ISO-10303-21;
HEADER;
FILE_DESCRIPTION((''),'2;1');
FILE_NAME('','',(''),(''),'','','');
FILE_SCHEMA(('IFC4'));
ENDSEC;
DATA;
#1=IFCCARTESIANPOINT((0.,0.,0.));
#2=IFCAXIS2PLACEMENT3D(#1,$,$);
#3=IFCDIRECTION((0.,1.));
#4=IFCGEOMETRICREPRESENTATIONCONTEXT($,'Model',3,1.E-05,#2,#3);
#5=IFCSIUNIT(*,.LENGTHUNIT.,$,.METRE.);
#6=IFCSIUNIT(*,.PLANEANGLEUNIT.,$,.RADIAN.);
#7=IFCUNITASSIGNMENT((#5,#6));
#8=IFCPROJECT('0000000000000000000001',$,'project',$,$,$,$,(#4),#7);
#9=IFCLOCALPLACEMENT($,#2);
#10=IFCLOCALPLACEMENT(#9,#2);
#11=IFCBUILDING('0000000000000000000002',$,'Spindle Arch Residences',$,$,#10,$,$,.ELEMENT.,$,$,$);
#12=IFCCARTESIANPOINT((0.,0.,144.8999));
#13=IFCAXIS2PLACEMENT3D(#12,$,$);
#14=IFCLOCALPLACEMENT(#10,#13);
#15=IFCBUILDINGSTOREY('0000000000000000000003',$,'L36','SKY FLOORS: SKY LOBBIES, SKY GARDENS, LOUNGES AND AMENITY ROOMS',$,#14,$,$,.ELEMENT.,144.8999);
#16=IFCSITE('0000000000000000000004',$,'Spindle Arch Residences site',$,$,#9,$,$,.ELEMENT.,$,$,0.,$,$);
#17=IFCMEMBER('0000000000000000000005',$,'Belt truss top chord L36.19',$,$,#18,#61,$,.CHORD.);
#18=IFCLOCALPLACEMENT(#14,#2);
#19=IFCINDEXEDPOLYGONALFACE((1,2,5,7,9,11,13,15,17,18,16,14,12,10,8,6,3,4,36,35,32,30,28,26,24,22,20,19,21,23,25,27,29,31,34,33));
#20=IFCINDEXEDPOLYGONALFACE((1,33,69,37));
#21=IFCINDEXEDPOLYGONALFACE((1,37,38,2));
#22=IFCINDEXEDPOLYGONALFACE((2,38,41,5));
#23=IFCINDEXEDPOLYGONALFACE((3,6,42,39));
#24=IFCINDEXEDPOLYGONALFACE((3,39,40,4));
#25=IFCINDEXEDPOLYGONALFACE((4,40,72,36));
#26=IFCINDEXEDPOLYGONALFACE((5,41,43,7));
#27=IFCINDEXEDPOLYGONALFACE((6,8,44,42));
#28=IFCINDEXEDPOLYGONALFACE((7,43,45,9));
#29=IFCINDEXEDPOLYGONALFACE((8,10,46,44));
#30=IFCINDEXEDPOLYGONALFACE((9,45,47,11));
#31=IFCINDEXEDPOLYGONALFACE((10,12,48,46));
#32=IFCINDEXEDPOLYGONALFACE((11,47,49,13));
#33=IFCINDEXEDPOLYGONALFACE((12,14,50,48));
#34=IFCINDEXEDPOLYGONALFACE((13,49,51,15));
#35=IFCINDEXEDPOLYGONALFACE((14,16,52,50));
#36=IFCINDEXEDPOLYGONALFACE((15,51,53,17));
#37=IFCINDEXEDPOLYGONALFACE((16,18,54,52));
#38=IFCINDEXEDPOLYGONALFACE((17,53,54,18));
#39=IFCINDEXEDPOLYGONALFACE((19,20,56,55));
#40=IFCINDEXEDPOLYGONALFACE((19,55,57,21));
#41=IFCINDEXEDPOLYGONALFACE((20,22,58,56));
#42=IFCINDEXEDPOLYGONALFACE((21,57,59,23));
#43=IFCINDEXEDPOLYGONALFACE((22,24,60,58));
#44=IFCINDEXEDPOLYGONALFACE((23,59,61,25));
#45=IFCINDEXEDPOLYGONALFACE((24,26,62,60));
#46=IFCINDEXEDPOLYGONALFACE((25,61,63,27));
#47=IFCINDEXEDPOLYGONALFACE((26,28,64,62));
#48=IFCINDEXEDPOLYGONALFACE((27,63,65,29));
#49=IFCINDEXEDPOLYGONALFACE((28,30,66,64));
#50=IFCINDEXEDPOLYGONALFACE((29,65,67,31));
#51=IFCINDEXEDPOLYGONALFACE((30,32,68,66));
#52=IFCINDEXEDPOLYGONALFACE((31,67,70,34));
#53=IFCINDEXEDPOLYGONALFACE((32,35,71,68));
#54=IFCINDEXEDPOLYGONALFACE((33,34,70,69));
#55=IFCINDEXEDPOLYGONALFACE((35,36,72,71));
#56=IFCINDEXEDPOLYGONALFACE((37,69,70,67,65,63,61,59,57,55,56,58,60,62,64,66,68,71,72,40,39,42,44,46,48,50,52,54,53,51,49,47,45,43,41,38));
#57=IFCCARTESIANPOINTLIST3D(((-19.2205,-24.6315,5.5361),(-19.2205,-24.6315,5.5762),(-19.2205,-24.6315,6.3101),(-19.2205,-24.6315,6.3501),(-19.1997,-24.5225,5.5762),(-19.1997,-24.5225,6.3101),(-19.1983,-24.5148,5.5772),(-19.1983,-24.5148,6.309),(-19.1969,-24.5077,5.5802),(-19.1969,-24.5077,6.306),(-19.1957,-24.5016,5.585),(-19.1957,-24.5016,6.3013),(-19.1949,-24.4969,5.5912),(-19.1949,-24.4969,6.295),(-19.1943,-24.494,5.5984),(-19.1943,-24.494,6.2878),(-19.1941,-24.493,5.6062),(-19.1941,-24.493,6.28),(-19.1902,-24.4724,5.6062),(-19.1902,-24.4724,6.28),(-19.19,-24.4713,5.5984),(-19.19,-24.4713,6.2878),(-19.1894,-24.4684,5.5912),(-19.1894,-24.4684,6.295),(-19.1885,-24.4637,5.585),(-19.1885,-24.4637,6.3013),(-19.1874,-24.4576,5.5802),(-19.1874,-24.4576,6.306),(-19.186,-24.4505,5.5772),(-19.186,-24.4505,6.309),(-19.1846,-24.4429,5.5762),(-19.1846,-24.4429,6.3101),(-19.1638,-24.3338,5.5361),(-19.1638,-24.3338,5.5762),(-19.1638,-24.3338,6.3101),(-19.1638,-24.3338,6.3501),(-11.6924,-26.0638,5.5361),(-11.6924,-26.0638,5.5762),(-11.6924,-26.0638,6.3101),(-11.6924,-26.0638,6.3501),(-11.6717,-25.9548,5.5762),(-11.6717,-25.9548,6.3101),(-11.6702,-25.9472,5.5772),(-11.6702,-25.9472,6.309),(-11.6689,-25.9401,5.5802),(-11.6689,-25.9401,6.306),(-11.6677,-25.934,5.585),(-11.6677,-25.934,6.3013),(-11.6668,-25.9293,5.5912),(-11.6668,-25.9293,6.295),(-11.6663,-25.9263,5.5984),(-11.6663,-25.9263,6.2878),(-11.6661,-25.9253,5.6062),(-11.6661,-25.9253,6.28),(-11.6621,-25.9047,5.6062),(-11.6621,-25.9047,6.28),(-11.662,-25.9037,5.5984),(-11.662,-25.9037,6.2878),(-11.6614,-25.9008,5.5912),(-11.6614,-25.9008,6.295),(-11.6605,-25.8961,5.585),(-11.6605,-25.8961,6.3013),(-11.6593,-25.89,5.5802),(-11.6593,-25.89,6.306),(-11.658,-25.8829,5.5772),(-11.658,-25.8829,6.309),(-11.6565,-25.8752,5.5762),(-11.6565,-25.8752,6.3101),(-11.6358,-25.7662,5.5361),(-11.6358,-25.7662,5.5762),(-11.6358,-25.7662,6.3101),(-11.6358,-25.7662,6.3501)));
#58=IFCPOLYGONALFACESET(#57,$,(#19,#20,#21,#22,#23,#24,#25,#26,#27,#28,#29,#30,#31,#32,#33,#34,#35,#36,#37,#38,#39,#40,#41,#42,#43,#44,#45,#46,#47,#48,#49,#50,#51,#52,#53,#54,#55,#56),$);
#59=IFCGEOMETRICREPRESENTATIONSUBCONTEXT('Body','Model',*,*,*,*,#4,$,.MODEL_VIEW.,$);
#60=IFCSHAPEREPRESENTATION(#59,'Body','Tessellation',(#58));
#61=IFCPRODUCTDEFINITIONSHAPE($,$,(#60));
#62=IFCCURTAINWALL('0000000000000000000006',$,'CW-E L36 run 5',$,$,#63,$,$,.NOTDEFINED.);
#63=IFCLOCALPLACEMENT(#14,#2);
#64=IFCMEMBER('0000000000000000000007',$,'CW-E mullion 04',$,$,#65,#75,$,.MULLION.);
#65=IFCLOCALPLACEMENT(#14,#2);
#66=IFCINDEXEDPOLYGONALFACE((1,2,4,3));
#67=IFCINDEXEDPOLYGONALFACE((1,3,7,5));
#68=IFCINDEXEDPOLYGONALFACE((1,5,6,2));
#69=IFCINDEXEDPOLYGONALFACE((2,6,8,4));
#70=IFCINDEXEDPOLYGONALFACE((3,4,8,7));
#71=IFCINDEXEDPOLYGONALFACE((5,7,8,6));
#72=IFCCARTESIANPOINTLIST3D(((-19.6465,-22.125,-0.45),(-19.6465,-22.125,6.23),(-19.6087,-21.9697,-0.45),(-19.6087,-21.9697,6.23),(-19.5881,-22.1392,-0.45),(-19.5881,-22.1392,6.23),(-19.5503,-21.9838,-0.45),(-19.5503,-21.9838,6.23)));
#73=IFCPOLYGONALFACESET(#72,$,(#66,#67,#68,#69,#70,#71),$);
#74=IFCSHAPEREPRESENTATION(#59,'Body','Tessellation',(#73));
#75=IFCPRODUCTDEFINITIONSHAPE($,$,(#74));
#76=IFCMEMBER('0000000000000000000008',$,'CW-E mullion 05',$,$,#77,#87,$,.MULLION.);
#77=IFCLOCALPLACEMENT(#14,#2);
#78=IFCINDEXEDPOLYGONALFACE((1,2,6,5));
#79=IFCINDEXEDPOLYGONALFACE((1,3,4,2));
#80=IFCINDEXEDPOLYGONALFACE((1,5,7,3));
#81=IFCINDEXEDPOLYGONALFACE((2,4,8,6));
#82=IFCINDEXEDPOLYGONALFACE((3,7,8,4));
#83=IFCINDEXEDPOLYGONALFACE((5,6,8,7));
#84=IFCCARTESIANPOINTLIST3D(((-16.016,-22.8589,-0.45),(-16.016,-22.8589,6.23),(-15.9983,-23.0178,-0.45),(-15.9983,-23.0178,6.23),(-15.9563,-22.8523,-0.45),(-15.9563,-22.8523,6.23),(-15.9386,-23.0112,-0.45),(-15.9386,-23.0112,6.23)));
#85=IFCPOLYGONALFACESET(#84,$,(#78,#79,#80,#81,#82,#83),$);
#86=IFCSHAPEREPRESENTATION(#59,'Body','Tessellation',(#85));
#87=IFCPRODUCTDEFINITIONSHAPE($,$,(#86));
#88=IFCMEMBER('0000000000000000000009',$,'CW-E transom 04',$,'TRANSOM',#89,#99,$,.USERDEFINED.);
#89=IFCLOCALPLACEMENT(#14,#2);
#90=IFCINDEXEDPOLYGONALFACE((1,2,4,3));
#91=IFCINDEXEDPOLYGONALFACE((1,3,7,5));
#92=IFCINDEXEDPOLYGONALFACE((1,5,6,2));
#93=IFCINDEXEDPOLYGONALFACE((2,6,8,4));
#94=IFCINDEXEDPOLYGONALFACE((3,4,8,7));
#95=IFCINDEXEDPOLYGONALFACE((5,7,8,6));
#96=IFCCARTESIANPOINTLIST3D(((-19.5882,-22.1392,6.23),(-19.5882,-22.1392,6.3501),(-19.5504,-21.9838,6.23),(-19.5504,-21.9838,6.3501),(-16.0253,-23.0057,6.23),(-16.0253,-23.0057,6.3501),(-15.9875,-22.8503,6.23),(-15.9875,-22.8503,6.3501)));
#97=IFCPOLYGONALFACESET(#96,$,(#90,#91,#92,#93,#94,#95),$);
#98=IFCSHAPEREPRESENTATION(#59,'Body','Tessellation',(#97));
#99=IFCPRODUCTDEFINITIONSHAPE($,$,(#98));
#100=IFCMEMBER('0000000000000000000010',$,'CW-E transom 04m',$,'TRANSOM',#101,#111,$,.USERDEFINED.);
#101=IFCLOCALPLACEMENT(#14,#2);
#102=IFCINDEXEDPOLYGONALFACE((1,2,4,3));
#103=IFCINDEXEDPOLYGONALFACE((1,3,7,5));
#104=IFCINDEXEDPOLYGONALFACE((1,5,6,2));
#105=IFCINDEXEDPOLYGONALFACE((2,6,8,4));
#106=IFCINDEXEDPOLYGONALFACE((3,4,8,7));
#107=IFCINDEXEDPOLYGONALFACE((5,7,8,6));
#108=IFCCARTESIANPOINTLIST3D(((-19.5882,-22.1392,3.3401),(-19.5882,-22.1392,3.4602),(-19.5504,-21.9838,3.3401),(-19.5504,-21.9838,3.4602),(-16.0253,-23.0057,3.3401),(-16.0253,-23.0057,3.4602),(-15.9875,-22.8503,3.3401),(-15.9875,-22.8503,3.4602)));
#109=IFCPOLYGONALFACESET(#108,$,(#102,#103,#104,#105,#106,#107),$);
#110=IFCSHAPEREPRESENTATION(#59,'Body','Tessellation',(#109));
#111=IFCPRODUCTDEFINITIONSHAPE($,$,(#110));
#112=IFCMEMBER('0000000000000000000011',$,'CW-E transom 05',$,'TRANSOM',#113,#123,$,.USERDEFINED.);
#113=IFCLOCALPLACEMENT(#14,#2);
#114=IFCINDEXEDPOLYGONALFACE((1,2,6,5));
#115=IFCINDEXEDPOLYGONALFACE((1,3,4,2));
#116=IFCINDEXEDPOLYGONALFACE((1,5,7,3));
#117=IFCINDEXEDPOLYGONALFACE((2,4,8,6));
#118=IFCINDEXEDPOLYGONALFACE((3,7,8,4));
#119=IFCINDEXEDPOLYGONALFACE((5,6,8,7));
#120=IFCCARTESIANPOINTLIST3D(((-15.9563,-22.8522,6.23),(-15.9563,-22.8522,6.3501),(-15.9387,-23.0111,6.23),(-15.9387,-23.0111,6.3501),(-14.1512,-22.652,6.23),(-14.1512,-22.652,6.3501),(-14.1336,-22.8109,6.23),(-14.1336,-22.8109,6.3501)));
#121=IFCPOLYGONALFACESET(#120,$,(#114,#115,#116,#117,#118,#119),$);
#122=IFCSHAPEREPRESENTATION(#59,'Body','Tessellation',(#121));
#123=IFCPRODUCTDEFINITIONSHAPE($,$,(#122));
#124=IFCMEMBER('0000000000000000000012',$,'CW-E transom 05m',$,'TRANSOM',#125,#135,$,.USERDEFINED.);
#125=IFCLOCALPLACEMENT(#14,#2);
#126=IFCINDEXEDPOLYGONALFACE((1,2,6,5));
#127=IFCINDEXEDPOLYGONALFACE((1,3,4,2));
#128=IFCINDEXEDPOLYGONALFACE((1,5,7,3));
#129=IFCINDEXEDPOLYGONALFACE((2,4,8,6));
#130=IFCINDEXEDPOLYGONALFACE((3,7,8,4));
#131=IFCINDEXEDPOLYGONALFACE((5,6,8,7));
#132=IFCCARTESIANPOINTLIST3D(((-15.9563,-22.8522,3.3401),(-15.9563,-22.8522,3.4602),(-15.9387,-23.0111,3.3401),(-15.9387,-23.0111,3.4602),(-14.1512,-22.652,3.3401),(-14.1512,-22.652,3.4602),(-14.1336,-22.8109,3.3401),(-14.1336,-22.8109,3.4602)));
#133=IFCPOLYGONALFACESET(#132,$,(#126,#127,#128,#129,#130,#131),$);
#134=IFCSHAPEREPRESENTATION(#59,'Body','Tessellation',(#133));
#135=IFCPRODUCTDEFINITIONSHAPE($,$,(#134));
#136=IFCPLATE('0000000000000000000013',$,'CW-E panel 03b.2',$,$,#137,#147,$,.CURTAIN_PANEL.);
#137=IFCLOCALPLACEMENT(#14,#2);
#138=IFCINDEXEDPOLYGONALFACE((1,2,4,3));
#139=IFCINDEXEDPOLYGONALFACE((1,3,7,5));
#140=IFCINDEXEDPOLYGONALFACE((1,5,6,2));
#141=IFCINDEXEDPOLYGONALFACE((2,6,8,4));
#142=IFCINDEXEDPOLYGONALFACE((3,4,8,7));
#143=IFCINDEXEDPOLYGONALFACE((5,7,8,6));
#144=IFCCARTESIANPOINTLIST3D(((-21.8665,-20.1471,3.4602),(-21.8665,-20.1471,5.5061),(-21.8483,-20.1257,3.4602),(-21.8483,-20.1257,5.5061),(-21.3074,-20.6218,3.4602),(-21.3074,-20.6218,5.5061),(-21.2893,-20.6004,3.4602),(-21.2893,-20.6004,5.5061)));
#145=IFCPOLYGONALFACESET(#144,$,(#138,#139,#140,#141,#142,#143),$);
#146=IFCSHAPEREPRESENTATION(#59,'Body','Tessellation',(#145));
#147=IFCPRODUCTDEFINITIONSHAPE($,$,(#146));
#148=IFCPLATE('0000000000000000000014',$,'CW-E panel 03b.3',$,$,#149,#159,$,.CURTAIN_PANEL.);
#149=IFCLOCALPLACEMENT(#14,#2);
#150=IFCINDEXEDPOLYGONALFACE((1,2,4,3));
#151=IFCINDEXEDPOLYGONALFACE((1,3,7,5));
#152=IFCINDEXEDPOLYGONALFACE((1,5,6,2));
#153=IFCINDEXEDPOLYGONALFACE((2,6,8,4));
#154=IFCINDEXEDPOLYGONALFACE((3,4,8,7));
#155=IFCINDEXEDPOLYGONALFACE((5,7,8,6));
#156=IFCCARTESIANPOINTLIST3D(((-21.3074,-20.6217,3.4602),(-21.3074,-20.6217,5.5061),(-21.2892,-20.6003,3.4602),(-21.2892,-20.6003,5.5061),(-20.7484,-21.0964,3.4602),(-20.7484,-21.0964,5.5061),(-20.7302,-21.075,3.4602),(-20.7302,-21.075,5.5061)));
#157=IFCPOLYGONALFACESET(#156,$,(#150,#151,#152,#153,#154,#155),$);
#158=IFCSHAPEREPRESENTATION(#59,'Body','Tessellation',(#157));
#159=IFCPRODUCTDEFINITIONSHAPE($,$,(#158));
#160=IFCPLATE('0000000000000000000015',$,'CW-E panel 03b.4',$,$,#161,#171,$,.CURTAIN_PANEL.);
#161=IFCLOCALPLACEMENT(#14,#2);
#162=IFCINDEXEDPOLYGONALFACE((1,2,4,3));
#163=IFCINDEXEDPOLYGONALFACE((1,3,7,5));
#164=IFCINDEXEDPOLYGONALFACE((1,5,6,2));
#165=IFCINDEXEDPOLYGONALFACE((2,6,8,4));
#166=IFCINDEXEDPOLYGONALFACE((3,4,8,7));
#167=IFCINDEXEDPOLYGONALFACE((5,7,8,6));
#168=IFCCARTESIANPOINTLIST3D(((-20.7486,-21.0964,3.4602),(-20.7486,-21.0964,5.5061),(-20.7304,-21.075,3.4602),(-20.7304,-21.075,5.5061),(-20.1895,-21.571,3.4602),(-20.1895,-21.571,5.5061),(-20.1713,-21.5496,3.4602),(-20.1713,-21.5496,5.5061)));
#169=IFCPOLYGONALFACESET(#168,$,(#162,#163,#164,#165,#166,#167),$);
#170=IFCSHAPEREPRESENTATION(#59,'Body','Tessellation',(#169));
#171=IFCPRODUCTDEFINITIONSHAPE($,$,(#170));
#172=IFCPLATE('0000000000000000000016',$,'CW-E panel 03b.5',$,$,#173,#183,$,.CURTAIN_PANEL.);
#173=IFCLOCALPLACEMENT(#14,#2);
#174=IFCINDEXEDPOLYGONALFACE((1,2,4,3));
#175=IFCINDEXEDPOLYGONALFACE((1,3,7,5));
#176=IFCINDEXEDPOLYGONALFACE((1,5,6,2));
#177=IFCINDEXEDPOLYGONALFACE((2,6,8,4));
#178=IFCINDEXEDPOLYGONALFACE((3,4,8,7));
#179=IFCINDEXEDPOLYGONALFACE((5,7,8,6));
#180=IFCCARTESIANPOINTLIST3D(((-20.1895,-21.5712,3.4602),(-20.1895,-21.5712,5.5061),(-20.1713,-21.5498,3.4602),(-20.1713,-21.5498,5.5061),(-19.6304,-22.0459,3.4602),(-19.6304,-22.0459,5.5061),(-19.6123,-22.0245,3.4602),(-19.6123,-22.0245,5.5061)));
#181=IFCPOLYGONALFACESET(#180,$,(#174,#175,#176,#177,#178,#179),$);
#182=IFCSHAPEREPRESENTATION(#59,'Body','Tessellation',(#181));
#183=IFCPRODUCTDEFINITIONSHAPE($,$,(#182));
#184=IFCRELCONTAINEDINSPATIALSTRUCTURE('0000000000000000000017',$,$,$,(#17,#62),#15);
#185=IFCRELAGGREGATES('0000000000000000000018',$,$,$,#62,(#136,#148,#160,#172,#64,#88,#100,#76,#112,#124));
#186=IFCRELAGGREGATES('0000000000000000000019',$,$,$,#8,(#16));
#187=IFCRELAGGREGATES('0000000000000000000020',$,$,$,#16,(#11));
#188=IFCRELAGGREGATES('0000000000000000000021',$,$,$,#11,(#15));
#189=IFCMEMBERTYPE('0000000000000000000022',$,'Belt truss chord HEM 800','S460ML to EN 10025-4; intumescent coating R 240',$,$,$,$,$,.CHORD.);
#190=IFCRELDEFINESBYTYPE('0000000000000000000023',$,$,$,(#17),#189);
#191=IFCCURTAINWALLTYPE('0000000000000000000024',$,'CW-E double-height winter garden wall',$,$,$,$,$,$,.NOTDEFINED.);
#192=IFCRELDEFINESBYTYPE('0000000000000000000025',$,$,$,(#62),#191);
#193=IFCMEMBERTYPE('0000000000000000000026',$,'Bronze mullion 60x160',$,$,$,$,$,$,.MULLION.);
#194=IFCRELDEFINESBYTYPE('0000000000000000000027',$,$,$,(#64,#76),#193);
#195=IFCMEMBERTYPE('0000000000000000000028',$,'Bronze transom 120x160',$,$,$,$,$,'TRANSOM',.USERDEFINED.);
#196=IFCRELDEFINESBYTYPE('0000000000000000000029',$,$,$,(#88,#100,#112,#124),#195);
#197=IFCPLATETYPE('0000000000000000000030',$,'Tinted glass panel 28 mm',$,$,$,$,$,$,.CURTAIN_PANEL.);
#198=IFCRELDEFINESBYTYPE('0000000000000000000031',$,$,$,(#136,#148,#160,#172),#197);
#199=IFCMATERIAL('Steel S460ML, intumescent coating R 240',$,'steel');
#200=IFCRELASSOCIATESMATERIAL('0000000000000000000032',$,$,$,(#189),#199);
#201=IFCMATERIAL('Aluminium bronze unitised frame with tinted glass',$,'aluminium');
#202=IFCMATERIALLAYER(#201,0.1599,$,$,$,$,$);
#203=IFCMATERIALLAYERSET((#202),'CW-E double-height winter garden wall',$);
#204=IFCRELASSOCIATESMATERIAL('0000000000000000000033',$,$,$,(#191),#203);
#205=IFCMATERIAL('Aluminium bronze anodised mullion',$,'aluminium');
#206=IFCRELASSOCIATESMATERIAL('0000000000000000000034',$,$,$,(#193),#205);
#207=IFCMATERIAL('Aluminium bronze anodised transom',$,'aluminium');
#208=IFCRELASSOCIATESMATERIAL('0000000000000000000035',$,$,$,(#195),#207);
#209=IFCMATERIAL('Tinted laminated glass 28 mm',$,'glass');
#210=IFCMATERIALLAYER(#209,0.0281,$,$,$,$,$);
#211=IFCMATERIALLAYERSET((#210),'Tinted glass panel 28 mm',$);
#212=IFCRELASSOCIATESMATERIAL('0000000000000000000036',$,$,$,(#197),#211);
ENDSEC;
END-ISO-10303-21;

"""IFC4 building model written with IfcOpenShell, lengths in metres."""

from ifc_helpers import new_model, si_unit, direction, frame, origin, origin_2d, place, context, subcontext, project, spatial, rectangle, i_section, extrude, material, layer, layer_set, material_profile, profile_set, type_object, element, aggregate, save


model = new_model("IFC4")

# Units and contexts
model_context = context("Model", 3, precision=1e-05, world=origin(), true_north=direction((0.0, 1.0)))
body_context = subcontext(model_context, "Body", "Model", "MODEL_VIEW")
ifc_project = project(units=[si_unit("LENGTHUNIT", "METRE"), si_unit("PLANEANGLEUNIT", "RADIAN")], contexts=[model_context])

# Site, building, storey
site_placement = place(None, origin())
site = spatial("IfcSite", under=ifc_project, at=site_placement, Name="Spindle Arch Residences site", CompositionType="ELEMENT", RefElevation=0.0)
building_placement = place(site_placement, origin())
building = spatial("IfcBuilding", under=site, at=building_placement, Name="Spindle Arch Residences", CompositionType="ELEMENT")
storey_placement = place(building_placement, frame((0.0, 0.0, 144.8999)))
storey = spatial("IfcBuildingStorey", under=building, at=storey_placement, Name="L36", Description="SKY FLOORS: SKY LOBBIES, SKY GARDENS, LOUNGES AND AMENITY ROOMS", CompositionType="ELEMENT", Elevation=144.8999)

# Member
ifc_material_1 = material(Name="Steel S460ML, intumescent coating R 240", Category="steel")
ifc_material_profile_1 = material_profile(ifc_material_1, i_section(OverallWidth=0.303, OverallDepth=0.814, WebThickness=0.021, FlangeThickness=0.04, FilletRadius=0.03, at=origin_2d()), Name="HEM 800")
ifc_profile_set_1 = profile_set([ifc_material_profile_1], Name="Steel S460ML, intumescent coating R 240")
member_type_1 = type_object("IfcMemberType", Name="Belt truss chord HEM 800", Description="S460ML to EN 10025-4; intumescent coating R 240", PredefinedType="CHORD", material=ifc_profile_set_1)
member_1_placement = place(storey_placement, frame((-19.1921, -24.4827, 5.9431), z_axis=(0.982376, -0.186917, 0.0), x_axis=(0.186917, 0.982376, 0.0)))
element("IfcMember", 1, at=member_1_placement, inside=storey, type_object=member_type_1, Name="Belt truss top chord L36.19", PredefinedType="CHORD", context=body_context, shape_type="SweptSolid", body=[
    extrude(i_section(OverallWidth=0.303, OverallDepth=0.814, WebThickness=0.021, FlangeThickness=0.04, FilletRadius=0.03, at=origin_2d()), origin(), (0.0, 0.0, 1.0), 7.6631),
])

# Curtain wall, members, plates
ifc_material_2 = material(Name="Aluminium bronze unitised frame with tinted glass", Category="aluminium")
ifc_layer_1 = layer(ifc_material_2, 0.1599)
ifc_layer_set_1 = layer_set([ifc_layer_1], Name="CW-E double-height winter garden wall")
curtain_wall_type = type_object("IfcCurtainWallType", Name="CW-E double-height winter garden wall", PredefinedType="NOTDEFINED", material=ifc_layer_set_1)
curtain_wall_placement = place(storey_placement, origin())
curtain_wall = element("IfcCurtainWall", 2, at=curtain_wall_placement, inside=storey, type_object=curtain_wall_type, Name="CW-E L36 run 5", PredefinedType="NOTDEFINED")
ifc_material_3 = material(Name="Aluminium bronze anodised mullion", Category="aluminium")
ifc_material_profile_2 = material_profile(ifc_material_3, rectangle(XDim=0.1599, YDim=0.0601, at=origin_2d()), Name="MU 60x160")
ifc_profile_set_2 = profile_set([ifc_material_profile_2], Name="Aluminium bronze anodised mullion")
member_type_2 = type_object("IfcMemberType", Name="Bronze mullion 60x160", PredefinedType="MULLION", material=ifc_profile_set_2)
member_2_placement = place(storey_placement, frame((-19.5984, -22.0544, -0.45), z_axis=(0.0, 0.0, 1.0), x_axis=(0.236273, 0.971687, 0.0)))
member_2 = element("IfcMember", 3, at=member_2_placement, type_object=member_type_2, Name="CW-E mullion 04", PredefinedType="MULLION", context=body_context, shape_type="SweptSolid", body=[
    extrude(rectangle(XDim=0.1599, YDim=0.0601, at=origin_2d()), origin(), (0.0, 0.0, 1.0), 6.6799),
])
member_3_placement = place(storey_placement, frame((-15.9773, -22.9351, -0.45), z_axis=(0.0, 0.0, 1.0), x_axis=(-0.110313, 0.993897, 0.0)))
member_3 = element("IfcMember", 4, at=member_3_placement, type_object=member_type_2, Name="CW-E mullion 05", PredefinedType="MULLION", context=body_context, shape_type="SweptSolid", body=[
    extrude(rectangle(XDim=0.1599, YDim=0.0601, at=origin_2d()), origin(), (0.0, 0.0, 1.0), 6.6799),
])
ifc_material_4 = material(Name="Aluminium bronze anodised transom", Category="aluminium")
ifc_material_profile_3 = material_profile(ifc_material_4, rectangle(XDim=0.1599, YDim=0.1201, at=origin_2d()), Name="TR 120x160")
ifc_profile_set_3 = profile_set([ifc_material_profile_3], Name="Aluminium bronze anodised transom")
member_type_3 = type_object("IfcMemberType", Name="Bronze transom 120x160", ElementType="TRANSOM", PredefinedType="USERDEFINED", material=ifc_profile_set_3)
member_4_placement = place(storey_placement, frame((-19.5693, -22.0615, 6.29), z_axis=(0.971681, -0.236296, 0.0), x_axis=(0.236296, 0.971681, 0.0)))
member_4 = element("IfcMember", 5, at=member_4_placement, type_object=member_type_3, Name="CW-E transom 04", ObjectType="TRANSOM", PredefinedType="USERDEFINED", context=body_context, shape_type="SweptSolid", body=[
    extrude(rectangle(XDim=0.1599, YDim=0.1201, at=origin_2d()), origin(), (0.0, 0.0, 1.0), 3.6667),
])
member_5_placement = place(storey_placement, frame((-19.5693, -22.0615, 3.4001), z_axis=(0.971681, -0.236296, 0.0), x_axis=(0.236296, 0.971681, 0.0)))
member_5 = element("IfcMember", 6, at=member_5_placement, type_object=member_type_3, Name="CW-E transom 04m", ObjectType="TRANSOM", PredefinedType="USERDEFINED", context=body_context, shape_type="SweptSolid", body=[
    extrude(rectangle(XDim=0.1599, YDim=0.1201, at=origin_2d()), origin(), (0.0, 0.0, 1.0), 3.6667),
])
member_6_placement = place(storey_placement, frame((-15.9475, -22.9316, 6.29), z_axis=(0.993907, 0.110225, 0.0), x_axis=(-0.110225, 0.993907, 0.0)))
member_6 = element("IfcMember", 7, at=member_6_placement, type_object=member_type_3, Name="CW-E transom 05", ObjectType="TRANSOM", PredefinedType="USERDEFINED", context=body_context, shape_type="SweptSolid", body=[
    extrude(rectangle(XDim=0.1599, YDim=0.1201, at=origin_2d()), origin(), (0.0, 0.0, 1.0), 1.8162),
])
member_7_placement = place(storey_placement, frame((-15.9475, -22.9316, 3.4001), z_axis=(0.993907, 0.110225, 0.0), x_axis=(-0.110225, 0.993907, 0.0)))
member_7 = element("IfcMember", 8, at=member_7_placement, type_object=member_type_3, Name="CW-E transom 05m", ObjectType="TRANSOM", PredefinedType="USERDEFINED", context=body_context, shape_type="SweptSolid", body=[
    extrude(rectangle(XDim=0.1599, YDim=0.1201, at=origin_2d()), origin(), (0.0, 0.0, 1.0), 1.8162),
])
ifc_material_5 = material(Name="Tinted laminated glass 28 mm", Category="glass")
ifc_layer_2 = layer(ifc_material_5, 0.0281)
ifc_layer_set_2 = layer_set([ifc_layer_2], Name="Tinted glass panel 28 mm")
plate_type_1 = type_object("IfcPlateType", Name="Tinted glass panel 28 mm", PredefinedType="CURTAIN_PANEL", material=ifc_layer_set_2)
plate_1_placement = place(storey_placement, frame((-21.5779, -20.3738, 3.4602), z_axis=(0.0, 0.0, 1.0), x_axis=(0.762292, -0.647233, 0.0)))
plate_1 = element("IfcPlate", 9, at=plate_1_placement, type_object=plate_type_1, Name="CW-E panel 03b.2", PredefinedType="CURTAIN_PANEL", context=body_context, shape_type="SweptSolid", body=[
    extrude(rectangle(XDim=0.7334, YDim=0.0281, at=origin_2d()), origin(), (0.0, 0.0, 1.0), 2.0459),
])
plate_2_placement = place(storey_placement, frame((-21.0188, -20.8484, 3.4602), z_axis=(0.0, 0.0, 1.0), x_axis=(0.762292, -0.647233, 0.0)))
plate_2 = element("IfcPlate", 10, at=plate_2_placement, type_object=plate_type_1, Name="CW-E panel 03b.3", PredefinedType="CURTAIN_PANEL", context=body_context, shape_type="SweptSolid", body=[
    extrude(rectangle(XDim=0.7334, YDim=0.0281, at=origin_2d()), origin(), (0.0, 0.0, 1.0), 2.0459),
])
plate_3_placement = place(storey_placement, frame((-20.46, -21.323, 3.4602), z_axis=(0.0, 0.0, 1.0), x_axis=(0.762292, -0.647233, 0.0)))
plate_3 = element("IfcPlate", 11, at=plate_3_placement, type_object=plate_type_1, Name="CW-E panel 03b.4", PredefinedType="CURTAIN_PANEL", context=body_context, shape_type="SweptSolid", body=[
    extrude(rectangle(XDim=0.7334, YDim=0.0281, at=origin_2d()), origin(), (0.0, 0.0, 1.0), 2.0459),
])
plate_4_placement = place(storey_placement, frame((-19.9009, -21.7979, 3.4602), z_axis=(0.0, 0.0, 1.0), x_axis=(0.762292, -0.647233, 0.0)))
plate_4 = element("IfcPlate", 12, at=plate_4_placement, type_object=plate_type_1, Name="CW-E panel 03b.5", PredefinedType="CURTAIN_PANEL", context=body_context, shape_type="SweptSolid", body=[
    extrude(rectangle(XDim=0.7334, YDim=0.0281, at=origin_2d()), origin(), (0.0, 0.0, 1.0), 2.0459),
])
aggregate(curtain_wall, [plate_1, plate_2, plate_3, plate_4, member_2, member_4, member_5, member_3, member_6, member_7])

save(model, "model.ifc")
